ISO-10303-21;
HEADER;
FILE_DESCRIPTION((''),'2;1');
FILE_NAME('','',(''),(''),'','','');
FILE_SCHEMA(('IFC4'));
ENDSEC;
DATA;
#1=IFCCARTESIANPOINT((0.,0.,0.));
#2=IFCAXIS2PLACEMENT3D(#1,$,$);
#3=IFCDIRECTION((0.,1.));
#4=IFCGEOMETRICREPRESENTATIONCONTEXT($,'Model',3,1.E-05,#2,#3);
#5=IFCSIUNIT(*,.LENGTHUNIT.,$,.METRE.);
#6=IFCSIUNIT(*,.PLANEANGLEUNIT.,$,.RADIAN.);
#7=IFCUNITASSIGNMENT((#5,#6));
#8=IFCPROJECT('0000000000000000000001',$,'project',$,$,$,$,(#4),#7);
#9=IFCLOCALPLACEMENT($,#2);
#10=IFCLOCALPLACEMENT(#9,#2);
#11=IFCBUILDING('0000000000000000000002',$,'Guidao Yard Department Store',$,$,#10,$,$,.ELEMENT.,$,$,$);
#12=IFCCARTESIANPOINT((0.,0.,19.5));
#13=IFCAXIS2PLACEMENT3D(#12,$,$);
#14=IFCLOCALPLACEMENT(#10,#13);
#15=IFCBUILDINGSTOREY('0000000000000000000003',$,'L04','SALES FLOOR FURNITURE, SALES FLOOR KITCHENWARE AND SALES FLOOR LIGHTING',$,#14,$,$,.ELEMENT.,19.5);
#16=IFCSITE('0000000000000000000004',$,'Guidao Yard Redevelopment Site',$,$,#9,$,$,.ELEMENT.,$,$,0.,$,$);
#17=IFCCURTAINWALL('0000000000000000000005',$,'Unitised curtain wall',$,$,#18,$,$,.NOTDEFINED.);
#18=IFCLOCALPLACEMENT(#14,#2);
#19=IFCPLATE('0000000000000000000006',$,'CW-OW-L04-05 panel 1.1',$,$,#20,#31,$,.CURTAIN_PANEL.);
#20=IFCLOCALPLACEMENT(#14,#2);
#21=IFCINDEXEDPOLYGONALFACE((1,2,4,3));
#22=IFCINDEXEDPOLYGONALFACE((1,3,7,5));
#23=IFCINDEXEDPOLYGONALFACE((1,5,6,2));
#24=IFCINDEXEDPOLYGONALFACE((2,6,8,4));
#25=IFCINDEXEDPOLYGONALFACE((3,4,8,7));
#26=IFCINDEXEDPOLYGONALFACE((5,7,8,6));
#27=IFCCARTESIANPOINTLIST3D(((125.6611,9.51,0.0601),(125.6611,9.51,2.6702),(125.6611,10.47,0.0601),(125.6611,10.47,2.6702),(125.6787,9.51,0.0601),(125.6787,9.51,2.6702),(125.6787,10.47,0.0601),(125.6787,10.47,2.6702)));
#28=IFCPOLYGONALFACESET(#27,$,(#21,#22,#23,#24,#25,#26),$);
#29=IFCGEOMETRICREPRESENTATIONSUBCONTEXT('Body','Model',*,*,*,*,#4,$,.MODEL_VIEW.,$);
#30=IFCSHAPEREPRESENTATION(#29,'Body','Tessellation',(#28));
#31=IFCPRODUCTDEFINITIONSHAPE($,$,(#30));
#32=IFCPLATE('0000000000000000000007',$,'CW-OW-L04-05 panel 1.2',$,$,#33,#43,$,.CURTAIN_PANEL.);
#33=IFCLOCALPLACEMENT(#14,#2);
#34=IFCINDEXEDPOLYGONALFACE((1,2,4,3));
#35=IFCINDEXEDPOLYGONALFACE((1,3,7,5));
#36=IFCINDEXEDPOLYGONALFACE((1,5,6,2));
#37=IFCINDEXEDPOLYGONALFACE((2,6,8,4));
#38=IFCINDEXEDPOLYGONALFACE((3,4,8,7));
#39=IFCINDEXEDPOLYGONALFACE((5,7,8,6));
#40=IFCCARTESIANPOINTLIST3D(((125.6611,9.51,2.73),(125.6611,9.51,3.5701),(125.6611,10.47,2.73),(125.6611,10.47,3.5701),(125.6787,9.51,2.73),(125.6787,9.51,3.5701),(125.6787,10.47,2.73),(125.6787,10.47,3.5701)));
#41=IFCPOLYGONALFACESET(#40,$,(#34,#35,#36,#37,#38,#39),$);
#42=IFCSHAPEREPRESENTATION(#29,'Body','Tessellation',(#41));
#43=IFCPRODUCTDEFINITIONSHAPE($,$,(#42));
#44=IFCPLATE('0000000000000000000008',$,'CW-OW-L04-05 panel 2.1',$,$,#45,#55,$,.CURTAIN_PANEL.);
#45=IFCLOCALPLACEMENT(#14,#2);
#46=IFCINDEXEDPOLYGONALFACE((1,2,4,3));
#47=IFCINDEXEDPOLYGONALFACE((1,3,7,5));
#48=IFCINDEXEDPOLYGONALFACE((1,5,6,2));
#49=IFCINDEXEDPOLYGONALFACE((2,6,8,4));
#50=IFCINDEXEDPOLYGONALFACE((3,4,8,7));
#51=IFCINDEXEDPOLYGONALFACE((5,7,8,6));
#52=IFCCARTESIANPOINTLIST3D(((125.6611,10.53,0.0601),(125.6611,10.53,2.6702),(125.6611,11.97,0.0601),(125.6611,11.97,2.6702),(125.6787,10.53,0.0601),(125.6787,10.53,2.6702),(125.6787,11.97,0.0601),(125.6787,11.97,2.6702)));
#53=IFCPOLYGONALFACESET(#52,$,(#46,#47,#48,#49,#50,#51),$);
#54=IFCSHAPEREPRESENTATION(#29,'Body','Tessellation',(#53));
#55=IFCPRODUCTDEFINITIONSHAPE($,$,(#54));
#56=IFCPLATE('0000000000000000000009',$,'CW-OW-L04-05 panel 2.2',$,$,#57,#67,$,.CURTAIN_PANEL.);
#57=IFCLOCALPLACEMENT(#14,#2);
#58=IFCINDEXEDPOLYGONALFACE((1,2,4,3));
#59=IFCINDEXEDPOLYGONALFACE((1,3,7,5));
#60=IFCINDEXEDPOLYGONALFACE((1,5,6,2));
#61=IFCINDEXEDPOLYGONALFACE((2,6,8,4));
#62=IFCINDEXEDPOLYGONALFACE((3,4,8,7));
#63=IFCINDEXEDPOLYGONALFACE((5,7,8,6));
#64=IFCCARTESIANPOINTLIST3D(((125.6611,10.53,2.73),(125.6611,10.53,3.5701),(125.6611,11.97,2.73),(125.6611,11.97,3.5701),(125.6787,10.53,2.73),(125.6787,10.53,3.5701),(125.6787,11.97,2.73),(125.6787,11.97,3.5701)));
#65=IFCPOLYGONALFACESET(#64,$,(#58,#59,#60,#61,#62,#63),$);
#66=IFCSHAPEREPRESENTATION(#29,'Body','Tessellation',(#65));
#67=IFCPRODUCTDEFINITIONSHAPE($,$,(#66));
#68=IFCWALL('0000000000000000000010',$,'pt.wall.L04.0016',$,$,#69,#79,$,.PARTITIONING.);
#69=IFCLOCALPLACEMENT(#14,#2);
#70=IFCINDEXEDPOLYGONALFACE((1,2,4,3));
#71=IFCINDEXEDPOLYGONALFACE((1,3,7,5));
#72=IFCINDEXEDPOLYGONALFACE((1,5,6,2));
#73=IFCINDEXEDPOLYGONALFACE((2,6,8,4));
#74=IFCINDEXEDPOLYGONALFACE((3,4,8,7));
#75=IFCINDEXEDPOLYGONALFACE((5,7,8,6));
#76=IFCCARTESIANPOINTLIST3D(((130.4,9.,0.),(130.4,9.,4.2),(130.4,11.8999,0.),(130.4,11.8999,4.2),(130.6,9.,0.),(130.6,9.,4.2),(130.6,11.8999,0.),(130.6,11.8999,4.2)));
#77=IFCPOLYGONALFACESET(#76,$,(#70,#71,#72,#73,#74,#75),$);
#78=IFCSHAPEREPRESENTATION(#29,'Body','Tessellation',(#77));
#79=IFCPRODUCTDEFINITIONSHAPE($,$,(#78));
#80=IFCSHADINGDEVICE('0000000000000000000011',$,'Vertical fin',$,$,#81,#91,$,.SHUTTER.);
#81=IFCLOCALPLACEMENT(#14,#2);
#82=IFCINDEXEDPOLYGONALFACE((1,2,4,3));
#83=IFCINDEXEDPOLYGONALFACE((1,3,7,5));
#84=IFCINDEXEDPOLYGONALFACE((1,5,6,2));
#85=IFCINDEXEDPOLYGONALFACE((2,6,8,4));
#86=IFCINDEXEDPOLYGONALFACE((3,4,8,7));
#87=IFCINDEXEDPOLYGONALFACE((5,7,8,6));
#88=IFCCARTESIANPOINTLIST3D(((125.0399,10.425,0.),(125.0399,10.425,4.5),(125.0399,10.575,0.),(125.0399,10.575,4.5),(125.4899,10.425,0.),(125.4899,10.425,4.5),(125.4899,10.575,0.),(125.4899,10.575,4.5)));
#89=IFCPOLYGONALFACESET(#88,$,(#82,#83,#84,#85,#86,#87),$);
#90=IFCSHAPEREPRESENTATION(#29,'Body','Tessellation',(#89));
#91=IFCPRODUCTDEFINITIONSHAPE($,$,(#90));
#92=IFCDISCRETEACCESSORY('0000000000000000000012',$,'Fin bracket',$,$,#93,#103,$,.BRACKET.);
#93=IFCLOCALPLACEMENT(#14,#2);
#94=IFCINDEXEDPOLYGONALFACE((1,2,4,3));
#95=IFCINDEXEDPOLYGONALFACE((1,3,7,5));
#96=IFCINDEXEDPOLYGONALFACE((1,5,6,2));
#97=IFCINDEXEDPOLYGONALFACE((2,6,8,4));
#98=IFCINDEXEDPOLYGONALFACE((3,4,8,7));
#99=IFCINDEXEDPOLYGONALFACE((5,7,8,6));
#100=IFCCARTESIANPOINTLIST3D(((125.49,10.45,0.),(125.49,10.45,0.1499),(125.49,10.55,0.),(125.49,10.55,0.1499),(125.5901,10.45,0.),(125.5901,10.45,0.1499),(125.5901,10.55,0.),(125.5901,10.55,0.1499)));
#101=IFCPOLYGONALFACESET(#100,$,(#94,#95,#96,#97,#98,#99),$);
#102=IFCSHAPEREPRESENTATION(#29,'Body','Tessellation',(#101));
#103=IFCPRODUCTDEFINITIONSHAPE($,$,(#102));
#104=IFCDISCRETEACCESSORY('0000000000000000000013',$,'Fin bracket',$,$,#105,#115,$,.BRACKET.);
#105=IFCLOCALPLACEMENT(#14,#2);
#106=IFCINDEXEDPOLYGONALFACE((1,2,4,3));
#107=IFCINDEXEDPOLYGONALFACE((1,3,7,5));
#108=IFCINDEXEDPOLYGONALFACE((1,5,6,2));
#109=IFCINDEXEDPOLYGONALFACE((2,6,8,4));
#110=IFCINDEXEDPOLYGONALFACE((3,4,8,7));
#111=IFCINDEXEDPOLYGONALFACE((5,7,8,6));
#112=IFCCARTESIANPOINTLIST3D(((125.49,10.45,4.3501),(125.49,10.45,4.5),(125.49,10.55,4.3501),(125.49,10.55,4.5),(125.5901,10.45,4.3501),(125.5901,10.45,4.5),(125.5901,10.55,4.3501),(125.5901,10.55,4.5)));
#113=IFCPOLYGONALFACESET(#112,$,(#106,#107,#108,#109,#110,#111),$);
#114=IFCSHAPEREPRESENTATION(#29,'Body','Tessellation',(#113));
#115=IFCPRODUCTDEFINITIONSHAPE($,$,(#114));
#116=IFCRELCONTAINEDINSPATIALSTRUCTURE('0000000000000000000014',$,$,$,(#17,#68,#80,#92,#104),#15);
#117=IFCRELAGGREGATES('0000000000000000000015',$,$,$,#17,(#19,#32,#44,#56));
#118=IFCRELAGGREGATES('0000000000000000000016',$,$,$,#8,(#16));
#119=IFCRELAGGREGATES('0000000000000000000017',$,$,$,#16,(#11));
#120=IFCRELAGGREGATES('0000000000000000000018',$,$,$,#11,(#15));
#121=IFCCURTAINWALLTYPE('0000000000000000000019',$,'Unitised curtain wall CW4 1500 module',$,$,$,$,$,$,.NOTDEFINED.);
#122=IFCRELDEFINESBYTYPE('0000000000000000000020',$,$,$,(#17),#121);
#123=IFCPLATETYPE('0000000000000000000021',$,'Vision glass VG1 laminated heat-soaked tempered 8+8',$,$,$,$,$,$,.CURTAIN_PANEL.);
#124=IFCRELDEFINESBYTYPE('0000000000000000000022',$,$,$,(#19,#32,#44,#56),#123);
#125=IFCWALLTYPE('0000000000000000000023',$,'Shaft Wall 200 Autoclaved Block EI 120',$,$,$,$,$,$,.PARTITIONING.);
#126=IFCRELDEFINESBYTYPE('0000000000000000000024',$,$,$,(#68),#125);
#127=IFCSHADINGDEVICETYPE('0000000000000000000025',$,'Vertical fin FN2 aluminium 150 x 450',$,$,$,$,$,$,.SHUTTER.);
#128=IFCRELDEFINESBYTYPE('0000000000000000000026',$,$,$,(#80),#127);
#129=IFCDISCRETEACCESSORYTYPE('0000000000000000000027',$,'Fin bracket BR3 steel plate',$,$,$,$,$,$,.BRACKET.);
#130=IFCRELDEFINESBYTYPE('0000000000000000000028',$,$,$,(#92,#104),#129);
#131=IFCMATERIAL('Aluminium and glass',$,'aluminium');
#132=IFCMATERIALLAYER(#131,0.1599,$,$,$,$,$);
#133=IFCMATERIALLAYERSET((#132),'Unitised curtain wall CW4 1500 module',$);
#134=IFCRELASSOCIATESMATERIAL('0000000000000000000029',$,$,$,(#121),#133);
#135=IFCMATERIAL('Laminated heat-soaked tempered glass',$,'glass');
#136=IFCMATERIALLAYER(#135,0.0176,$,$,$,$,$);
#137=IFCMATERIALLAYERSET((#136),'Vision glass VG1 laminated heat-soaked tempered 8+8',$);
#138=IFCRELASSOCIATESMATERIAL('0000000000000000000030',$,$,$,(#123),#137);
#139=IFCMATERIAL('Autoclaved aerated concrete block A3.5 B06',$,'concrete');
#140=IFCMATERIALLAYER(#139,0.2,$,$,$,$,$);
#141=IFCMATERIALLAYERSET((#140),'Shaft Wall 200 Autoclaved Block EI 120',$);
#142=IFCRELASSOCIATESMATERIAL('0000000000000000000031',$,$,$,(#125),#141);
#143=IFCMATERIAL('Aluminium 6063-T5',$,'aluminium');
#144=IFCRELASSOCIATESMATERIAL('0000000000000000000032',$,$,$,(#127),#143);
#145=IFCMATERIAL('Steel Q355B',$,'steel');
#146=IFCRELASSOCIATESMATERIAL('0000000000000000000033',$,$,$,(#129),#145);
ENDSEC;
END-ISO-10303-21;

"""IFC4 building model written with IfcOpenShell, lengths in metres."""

from ifc_helpers import new_model, si_unit, direction, frame, frame_2d, origin, origin_2d, place, context, subcontext, project, spatial, rectangle, extrude, material, layer, layer_set, type_object, element, aggregate, save


model = new_model("IFC4")

# Units and contexts
model_context = context("Model", 3, precision=1e-05, world=origin(), true_north=direction((0.0, 1.0)))
body_context = subcontext(model_context, "Body", "Model", "MODEL_VIEW")
ifc_project = project(units=[si_unit("LENGTHUNIT", "METRE"), si_unit("PLANEANGLEUNIT", "RADIAN")], contexts=[model_context])

# Site, building, storey
site_placement = place(None, origin())
site = spatial("IfcSite", under=ifc_project, at=site_placement, Name="Guidao Yard Redevelopment Site", CompositionType="ELEMENT", RefElevation=0.0)
building_placement = place(site_placement, origin())
building = spatial("IfcBuilding", under=site, at=building_placement, Name="Guidao Yard Department Store", CompositionType="ELEMENT")
storey_placement = place(building_placement, frame((0.0, 0.0, 19.5)))
storey = spatial("IfcBuildingStorey", under=building, at=storey_placement, Name="L04", Description="SALES FLOOR FURNITURE, SALES FLOOR KITCHENWARE AND SALES FLOOR LIGHTING", CompositionType="ELEMENT", Elevation=19.5)

# Curtain wall
ifc_material_1 = material(Name="Aluminium and glass", Category="aluminium")
ifc_layer_1 = layer(ifc_material_1, 0.1599)
ifc_layer_set_1 = layer_set([ifc_layer_1], Name="Unitised curtain wall CW4 1500 module")
curtain_wall_type = type_object("IfcCurtainWallType", Name="Unitised curtain wall CW4 1500 module", PredefinedType="NOTDEFINED", material=ifc_layer_set_1)
curtain_wall_placement = place(storey_placement, origin())
curtain_wall = element("IfcCurtainWall", 1, at=curtain_wall_placement, inside=storey, type_object=curtain_wall_type, Name="Unitised curtain wall", PredefinedType="NOTDEFINED")

# Plates
ifc_material_2 = material(Name="Laminated heat-soaked tempered glass", Category="glass")
ifc_layer_2 = layer(ifc_material_2, 0.0176)
ifc_layer_set_2 = layer_set([ifc_layer_2], Name="Vision glass VG1 laminated heat-soaked tempered 8+8")
plate_type_1 = type_object("IfcPlateType", Name="Vision glass VG1 laminated heat-soaked tempered 8+8", PredefinedType="CURTAIN_PANEL", material=ifc_layer_set_2)
plate_1_placement = place(storey_placement, frame((125.6699, 9.99, 0.0601), z_axis=(0.0, 0.0, 1.0), x_axis=(0.0, 1.0, 0.0)))
plate_1 = element("IfcPlate", 2, at=plate_1_placement, type_object=plate_type_1, Name="CW-OW-L04-05 panel 1.1", PredefinedType="CURTAIN_PANEL", context=body_context, shape_type="SweptSolid", body=[
    extrude(rectangle(XDim=0.96, YDim=0.0176, at=origin_2d()), origin(), (0.0, 0.0, 1.0), 2.6101),
])
plate_2_placement = place(storey_placement, frame((125.6699, 9.99, 2.73), z_axis=(0.0, 0.0, 1.0), x_axis=(0.0, 1.0, 0.0)))
plate_2 = element("IfcPlate", 3, at=plate_2_placement, type_object=plate_type_1, Name="CW-OW-L04-05 panel 1.2", PredefinedType="CURTAIN_PANEL", context=body_context, shape_type="SweptSolid", body=[
    extrude(rectangle(XDim=0.96, YDim=0.0176, at=origin_2d()), origin(), (0.0, 0.0, 1.0), 0.8401),
])
plate_3_placement = place(storey_placement, frame((125.6699, 11.25, 0.0601), z_axis=(0.0, 0.0, 1.0), x_axis=(0.0, 1.0, 0.0)))
plate_3 = element("IfcPlate", 4, at=plate_3_placement, type_object=plate_type_1, Name="CW-OW-L04-05 panel 2.1", PredefinedType="CURTAIN_PANEL", context=body_context, shape_type="SweptSolid", body=[
    extrude(rectangle(XDim=1.4399, YDim=0.0176, at=origin_2d()), origin(), (0.0, 0.0, 1.0), 2.6101),
])
plate_4_placement = place(storey_placement, frame((125.6699, 11.25, 2.73), z_axis=(0.0, 0.0, 1.0), x_axis=(0.0, 1.0, 0.0)))
plate_4 = element("IfcPlate", 5, at=plate_4_placement, type_object=plate_type_1, Name="CW-OW-L04-05 panel 2.2", PredefinedType="CURTAIN_PANEL", context=body_context, shape_type="SweptSolid", body=[
    extrude(rectangle(XDim=1.4399, YDim=0.0176, at=origin_2d()), origin(), (0.0, 0.0, 1.0), 0.8401),
])
aggregate(curtain_wall, [plate_1, plate_2, plate_3, plate_4])

# Wall
ifc_material_3 = material(Name="Autoclaved aerated concrete block A3.5 B06", Category="concrete")
ifc_layer_3 = layer(ifc_material_3, 0.2)
ifc_layer_set_3 = layer_set([ifc_layer_3], Name="Shaft Wall 200 Autoclaved Block EI 120")
wall_type = type_object("IfcWallType", Name="Shaft Wall 200 Autoclaved Block EI 120", PredefinedType="PARTITIONING", material=ifc_layer_set_3)
wall_placement = place(storey_placement, frame((130.5, 9.0, 0.0), z_axis=(0.0, 0.0, 1.0), x_axis=(0.0, 1.0, 0.0)))
element("IfcWall", 6, at=wall_placement, inside=storey, type_object=wall_type, Name="pt.wall.L04.0016", PredefinedType="PARTITIONING", context=body_context, shape_type="SweptSolid", body=[
    extrude(rectangle(XDim=2.8999, YDim=0.2, at=frame_2d((1.45, 0.0))), origin(), (0.0, 0.0, 1.0), 4.2),
])

# Shading device
ifc_material_4 = material(Name="Aluminium 6063-T5", Category="aluminium")
shading_device_type = type_object("IfcShadingDeviceType", Name="Vertical fin FN2 aluminium 150 x 450", PredefinedType="SHUTTER", material=ifc_material_4)
shading_device_placement = place(storey_placement, frame((125.2649, 10.5, 0.0), z_axis=(0.0, 0.0, 1.0), x_axis=(0.0, 1.0, 0.0)))
element("IfcShadingDevice", 7, at=shading_device_placement, inside=storey, type_object=shading_device_type, Name="Vertical fin", PredefinedType="SHUTTER", context=body_context, shape_type="SweptSolid", body=[
    extrude(rectangle(XDim=0.1499, YDim=0.45, at=origin_2d()), origin(), (0.0, 0.0, 1.0), 4.5),
])

# Discrete accessories
ifc_material_5 = material(Name="Steel Q355B", Category="steel")
discrete_accessory_type = type_object("IfcDiscreteAccessoryType", Name="Fin bracket BR3 steel plate", PredefinedType="BRACKET", material=ifc_material_5)
for number, where, z_axis, x_axis, name in (
    (8, (125.54, 10.5, 0.0), (0.0, 0.0, 1.0), (0.0, 1.0, 0.0), "Fin bracket"),
    (9, (125.54, 10.5, 4.3501), (0.0, 0.0, 1.0), (0.0, 1.0, 0.0), "Fin bracket"),
):
    element("IfcDiscreteAccessory", number, at=place(storey_placement, frame(where, z_axis=z_axis, x_axis=x_axis)), inside=storey, type_object=discrete_accessory_type, Name=name, PredefinedType="BRACKET", context=body_context, shape_type="SweptSolid", body=[
        extrude(rectangle(XDim=0.1001, YDim=0.1001, at=origin_2d()), origin(), (0.0, 0.0, 1.0), 0.1499),
    ])

save(model, "model.ifc")
